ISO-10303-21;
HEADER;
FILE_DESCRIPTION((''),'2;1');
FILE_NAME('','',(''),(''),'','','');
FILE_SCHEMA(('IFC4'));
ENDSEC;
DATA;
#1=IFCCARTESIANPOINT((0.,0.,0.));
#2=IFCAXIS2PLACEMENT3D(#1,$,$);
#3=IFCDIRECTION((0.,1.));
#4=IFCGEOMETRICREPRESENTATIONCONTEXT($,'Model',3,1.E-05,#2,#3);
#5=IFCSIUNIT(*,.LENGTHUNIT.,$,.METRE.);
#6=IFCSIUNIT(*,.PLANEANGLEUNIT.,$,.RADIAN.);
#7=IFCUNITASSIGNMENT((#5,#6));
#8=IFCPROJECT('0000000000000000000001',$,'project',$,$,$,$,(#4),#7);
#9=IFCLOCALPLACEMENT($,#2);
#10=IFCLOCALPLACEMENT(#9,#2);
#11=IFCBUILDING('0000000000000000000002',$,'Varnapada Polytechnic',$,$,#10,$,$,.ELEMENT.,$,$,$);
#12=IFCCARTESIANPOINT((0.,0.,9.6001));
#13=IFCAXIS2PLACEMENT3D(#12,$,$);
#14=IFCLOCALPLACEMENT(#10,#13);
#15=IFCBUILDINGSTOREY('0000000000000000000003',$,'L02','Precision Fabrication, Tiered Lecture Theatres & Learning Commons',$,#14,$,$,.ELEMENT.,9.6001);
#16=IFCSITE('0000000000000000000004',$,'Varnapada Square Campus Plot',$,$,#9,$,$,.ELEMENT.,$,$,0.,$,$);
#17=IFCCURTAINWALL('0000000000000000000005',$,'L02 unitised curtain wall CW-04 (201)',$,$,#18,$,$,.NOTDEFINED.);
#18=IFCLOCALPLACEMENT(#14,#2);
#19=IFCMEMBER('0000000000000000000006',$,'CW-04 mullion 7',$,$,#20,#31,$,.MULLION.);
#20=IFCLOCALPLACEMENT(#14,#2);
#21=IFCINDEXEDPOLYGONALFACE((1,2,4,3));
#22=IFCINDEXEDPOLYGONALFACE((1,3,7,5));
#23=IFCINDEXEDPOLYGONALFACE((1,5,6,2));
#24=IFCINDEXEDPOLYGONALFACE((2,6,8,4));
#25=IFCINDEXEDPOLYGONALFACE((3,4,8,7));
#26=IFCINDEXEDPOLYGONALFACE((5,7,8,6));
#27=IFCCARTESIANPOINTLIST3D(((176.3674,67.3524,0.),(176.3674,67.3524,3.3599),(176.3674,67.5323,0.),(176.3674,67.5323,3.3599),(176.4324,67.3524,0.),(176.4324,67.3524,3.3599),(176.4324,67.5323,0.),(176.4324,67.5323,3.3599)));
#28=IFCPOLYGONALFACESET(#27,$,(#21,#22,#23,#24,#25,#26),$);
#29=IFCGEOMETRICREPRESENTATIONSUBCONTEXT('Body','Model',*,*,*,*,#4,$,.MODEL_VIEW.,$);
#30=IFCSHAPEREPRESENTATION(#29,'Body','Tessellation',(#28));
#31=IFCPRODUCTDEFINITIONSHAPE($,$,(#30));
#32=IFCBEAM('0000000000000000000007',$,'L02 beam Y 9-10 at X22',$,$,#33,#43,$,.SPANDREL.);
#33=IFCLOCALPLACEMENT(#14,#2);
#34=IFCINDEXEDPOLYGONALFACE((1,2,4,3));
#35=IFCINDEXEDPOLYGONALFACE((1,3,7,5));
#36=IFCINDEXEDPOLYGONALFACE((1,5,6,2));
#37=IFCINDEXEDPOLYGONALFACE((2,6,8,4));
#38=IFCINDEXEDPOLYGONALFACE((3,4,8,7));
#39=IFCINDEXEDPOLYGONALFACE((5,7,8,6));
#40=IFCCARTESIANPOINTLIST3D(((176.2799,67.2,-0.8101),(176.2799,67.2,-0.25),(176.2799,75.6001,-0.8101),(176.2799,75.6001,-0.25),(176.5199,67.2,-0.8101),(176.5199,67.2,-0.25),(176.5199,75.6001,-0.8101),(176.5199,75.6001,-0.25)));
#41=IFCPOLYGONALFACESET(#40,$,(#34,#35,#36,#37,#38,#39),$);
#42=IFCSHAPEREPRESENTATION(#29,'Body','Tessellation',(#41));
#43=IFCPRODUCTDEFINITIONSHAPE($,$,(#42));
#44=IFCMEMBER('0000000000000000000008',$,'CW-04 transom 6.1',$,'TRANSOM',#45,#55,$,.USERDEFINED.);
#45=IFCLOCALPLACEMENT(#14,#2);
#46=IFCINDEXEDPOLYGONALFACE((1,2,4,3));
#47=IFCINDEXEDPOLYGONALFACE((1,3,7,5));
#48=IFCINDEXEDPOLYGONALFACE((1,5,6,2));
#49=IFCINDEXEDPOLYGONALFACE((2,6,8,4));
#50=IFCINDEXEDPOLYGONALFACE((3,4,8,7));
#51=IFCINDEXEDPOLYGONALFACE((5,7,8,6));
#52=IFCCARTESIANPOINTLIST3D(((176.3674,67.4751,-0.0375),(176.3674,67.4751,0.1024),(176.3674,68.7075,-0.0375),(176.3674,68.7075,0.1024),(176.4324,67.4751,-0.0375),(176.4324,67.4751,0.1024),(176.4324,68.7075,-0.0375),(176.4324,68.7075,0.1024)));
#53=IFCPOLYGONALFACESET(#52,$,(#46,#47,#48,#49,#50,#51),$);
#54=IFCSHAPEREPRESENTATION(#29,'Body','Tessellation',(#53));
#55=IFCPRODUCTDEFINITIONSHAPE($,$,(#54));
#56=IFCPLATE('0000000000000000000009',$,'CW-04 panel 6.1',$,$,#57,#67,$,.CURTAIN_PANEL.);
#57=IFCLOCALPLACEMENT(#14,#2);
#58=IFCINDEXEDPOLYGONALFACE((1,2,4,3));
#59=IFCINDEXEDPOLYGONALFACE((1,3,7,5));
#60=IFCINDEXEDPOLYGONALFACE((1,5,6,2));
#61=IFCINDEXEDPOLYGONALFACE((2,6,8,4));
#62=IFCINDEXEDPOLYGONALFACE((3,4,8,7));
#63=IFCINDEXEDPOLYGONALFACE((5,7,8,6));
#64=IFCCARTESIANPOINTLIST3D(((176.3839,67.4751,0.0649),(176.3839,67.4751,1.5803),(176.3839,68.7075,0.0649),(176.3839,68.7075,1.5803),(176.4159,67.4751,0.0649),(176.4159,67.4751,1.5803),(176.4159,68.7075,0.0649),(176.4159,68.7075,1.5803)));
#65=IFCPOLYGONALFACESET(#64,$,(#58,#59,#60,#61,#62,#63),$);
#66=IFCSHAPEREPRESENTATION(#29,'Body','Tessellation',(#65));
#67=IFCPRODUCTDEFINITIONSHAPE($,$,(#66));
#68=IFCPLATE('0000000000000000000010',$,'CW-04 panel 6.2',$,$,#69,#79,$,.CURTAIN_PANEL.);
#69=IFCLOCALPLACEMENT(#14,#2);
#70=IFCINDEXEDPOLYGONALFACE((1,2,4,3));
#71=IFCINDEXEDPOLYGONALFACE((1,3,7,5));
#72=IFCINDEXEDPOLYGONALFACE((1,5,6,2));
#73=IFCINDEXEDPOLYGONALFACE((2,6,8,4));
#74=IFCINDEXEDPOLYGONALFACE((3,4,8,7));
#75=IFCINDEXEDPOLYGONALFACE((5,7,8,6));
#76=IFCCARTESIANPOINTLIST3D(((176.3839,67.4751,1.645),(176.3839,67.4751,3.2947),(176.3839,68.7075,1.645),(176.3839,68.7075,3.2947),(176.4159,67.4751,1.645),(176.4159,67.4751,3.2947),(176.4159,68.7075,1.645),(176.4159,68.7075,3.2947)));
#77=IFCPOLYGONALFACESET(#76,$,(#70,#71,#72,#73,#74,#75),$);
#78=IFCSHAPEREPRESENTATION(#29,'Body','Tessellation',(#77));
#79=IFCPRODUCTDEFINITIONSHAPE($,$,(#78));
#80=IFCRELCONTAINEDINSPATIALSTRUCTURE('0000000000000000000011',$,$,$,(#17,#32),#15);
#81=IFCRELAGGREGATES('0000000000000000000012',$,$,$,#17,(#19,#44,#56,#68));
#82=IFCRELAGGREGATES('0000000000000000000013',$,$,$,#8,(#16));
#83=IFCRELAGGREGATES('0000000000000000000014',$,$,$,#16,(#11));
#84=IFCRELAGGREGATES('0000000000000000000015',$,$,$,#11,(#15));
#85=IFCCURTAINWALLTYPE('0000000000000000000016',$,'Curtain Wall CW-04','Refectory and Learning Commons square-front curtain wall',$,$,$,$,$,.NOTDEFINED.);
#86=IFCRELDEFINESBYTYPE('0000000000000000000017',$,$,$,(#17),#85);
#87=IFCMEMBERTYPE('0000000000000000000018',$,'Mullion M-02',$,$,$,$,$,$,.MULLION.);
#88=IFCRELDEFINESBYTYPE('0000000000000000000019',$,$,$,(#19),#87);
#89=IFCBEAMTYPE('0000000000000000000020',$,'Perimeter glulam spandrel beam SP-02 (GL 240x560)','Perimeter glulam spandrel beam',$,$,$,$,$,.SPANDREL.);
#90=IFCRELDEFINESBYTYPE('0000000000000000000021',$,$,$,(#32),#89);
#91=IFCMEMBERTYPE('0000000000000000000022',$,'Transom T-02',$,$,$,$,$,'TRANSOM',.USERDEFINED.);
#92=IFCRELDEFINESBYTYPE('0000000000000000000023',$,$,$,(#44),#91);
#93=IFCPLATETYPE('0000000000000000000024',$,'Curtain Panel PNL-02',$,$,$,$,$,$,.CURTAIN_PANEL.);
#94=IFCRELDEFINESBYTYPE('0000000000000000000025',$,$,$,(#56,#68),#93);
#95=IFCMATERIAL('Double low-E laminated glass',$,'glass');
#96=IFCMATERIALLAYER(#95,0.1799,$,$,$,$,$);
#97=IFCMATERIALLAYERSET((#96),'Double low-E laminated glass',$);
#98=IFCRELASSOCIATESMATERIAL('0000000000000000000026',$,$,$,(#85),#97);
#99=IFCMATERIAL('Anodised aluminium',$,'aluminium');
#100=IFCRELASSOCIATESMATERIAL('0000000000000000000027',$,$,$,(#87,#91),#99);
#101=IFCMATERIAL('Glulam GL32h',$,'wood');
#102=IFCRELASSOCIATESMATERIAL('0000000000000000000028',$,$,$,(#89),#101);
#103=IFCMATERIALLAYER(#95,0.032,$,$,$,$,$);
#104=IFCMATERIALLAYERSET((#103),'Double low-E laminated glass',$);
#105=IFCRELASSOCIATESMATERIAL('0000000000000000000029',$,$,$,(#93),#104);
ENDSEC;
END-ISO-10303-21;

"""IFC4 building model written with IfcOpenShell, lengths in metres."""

from ifc_helpers import new_model, si_unit, direction, frame, origin, origin_2d, place, context, subcontext, project, spatial, rectangle, extrude, material, layer, layer_set, material_profile, profile_set, type_object, element, aggregate, save


model = new_model("IFC4")

# Units and contexts
model_context = context("Model", 3, precision=1e-05, world=origin(), true_north=direction((0.0, 1.0)))
body_context = subcontext(model_context, "Body", "Model", "MODEL_VIEW")
ifc_project = project(units=[si_unit("LENGTHUNIT", "METRE"), si_unit("PLANEANGLEUNIT", "RADIAN")], contexts=[model_context])

# Site, building, storey
site_placement = place(None, origin())
site = spatial("IfcSite", under=ifc_project, at=site_placement, Name="Varnapada Square Campus Plot", CompositionType="ELEMENT", RefElevation=0.0)
building_placement = place(site_placement, origin())
building = spatial("IfcBuilding", under=site, at=building_placement, Name="Varnapada Polytechnic", CompositionType="ELEMENT")
storey_placement = place(building_placement, frame((0.0, 0.0, 9.6001)))
storey = spatial("IfcBuildingStorey", under=building, at=storey_placement, Name="L02", Description="Precision Fabrication, Tiered Lecture Theatres & Learning Commons", CompositionType="ELEMENT", Elevation=9.6001)

# Curtain wall, member
ifc_material_1 = material(Name="Double low-E laminated glass", Category="glass")
ifc_layer_1 = layer(ifc_material_1, 0.1799)
ifc_layer_set_1 = layer_set([ifc_layer_1], Name="Double low-E laminated glass")
curtain_wall_type = type_object("IfcCurtainWallType", Name="Curtain Wall CW-04", Description="Refectory and Learning Commons square-front curtain wall", PredefinedType="NOTDEFINED", material=ifc_layer_set_1)
curtain_wall_placement = place(storey_placement, origin())
curtain_wall = element("IfcCurtainWall", 1, at=curtain_wall_placement, inside=storey, type_object=curtain_wall_type, Name="L02 unitised curtain wall CW-04 (201)", PredefinedType="NOTDEFINED")
ifc_material_2 = material(Name="Anodised aluminium", Category="aluminium")
ifc_material_profile_1 = material_profile(ifc_material_2, rectangle(XDim=0.0649, YDim=0.1799, at=origin_2d()), Name="ALU M65x180")
ifc_profile_set_1 = profile_set([ifc_material_profile_1], Name="Anodised aluminium")
member_type_1 = type_object("IfcMemberType", Name="Mullion M-02", PredefinedType="MULLION", material=ifc_profile_set_1)
member_1_placement = place(storey_placement, frame((176.3999, 67.4424, 0.0), z_axis=(0.0, 0.0, 1.0), x_axis=(1.0, 0.0, 0.0)))
member_1 = element("IfcMember", 2, at=member_1_placement, type_object=member_type_1, Name="CW-04 mullion 7", PredefinedType="MULLION", context=body_context, shape_type="SweptSolid", body=[
    extrude(rectangle(XDim=0.0649, YDim=0.1799, at=origin_2d()), origin(), (0.0, 0.0, 1.0), 3.3599),
])

# Beam
ifc_material_3 = material(Name="Glulam GL32h", Category="wood")
ifc_material_profile_2 = material_profile(ifc_material_3, rectangle(XDim=0.24, YDim=0.5601, at=origin_2d()), Name="GL 240x560")
ifc_profile_set_2 = profile_set([ifc_material_profile_2], Name="Glulam GL32h")
beam_type = type_object("IfcBeamType", Name="Perimeter glulam spandrel beam SP-02 (GL 240x560)", Description="Perimeter glulam spandrel beam", PredefinedType="SPANDREL", material=ifc_profile_set_2)
beam_placement = place(storey_placement, frame((176.3999, 67.2, -0.53), z_axis=(0.0, 1.0, 0.0), x_axis=(-1.0, 0.0, 0.0)))
element("IfcBeam", 3, at=beam_placement, inside=storey, type_object=beam_type, Name="L02 beam Y 9-10 at X22", PredefinedType="SPANDREL", context=body_context, shape_type="SweptSolid", body=[
    extrude(rectangle(XDim=0.24, YDim=0.5601, at=origin_2d()), origin(), (0.0, 0.0, 1.0), 8.4001),
])

# Member
ifc_material_profile_3 = material_profile(ifc_material_2, rectangle(XDim=0.0649, YDim=0.1399, at=origin_2d()), Name="ALU T65x140")
ifc_profile_set_3 = profile_set([ifc_material_profile_3], Name="Anodised aluminium")
member_type_2 = type_object("IfcMemberType", Name="Transom T-02", ElementType="TRANSOM", PredefinedType="USERDEFINED", material=ifc_profile_set_3)
member_2_placement = place(storey_placement, frame((176.3999, 68.7075, 0.0325), z_axis=(0.0, -1.0, 0.0), x_axis=(1.0, 0.0, 0.0)))
member_2 = element("IfcMember", 4, at=member_2_placement, type_object=member_type_2, Name="CW-04 transom 6.1", ObjectType="TRANSOM", PredefinedType="USERDEFINED", context=body_context, shape_type="SweptSolid", body=[
    extrude(rectangle(XDim=0.0649, YDim=0.1399, at=origin_2d()), origin(), (0.0, 0.0, 1.0), 1.2324),
])

# Plates
ifc_layer_2 = layer(ifc_material_1, 0.032)
ifc_layer_set_2 = layer_set([ifc_layer_2], Name="Double low-E laminated glass")
plate_type = type_object("IfcPlateType", Name="Curtain Panel PNL-02", PredefinedType="CURTAIN_PANEL", material=ifc_layer_set_2)
plate_1_placement = place(storey_placement, frame((176.3999, 68.0913, 0.0649), z_axis=(0.0, 0.0, 1.0), x_axis=(0.0, -1.0, 0.0)))
plate_1 = element("IfcPlate", 5, at=plate_1_placement, type_object=plate_type, Name="CW-04 panel 6.1", PredefinedType="CURTAIN_PANEL", context=body_context, shape_type="SweptSolid", body=[
    extrude(rectangle(XDim=1.2324, YDim=0.032, at=origin_2d()), origin(), (0.0, 0.0, 1.0), 1.5154),
])
plate_2_placement = place(storey_placement, frame((176.3999, 68.0913, 1.645), z_axis=(0.0, 0.0, 1.0), x_axis=(0.0, -1.0, 0.0)))
plate_2 = element("IfcPlate", 6, at=plate_2_placement, type_object=plate_type, Name="CW-04 panel 6.2", PredefinedType="CURTAIN_PANEL", context=body_context, shape_type="SweptSolid", body=[
    extrude(rectangle(XDim=1.2324, YDim=0.032, at=origin_2d()), origin(), (0.0, 0.0, 1.0), 1.6497),
])
aggregate(curtain_wall, [member_1, member_2, plate_1, plate_2])

save(model, "model.ifc")
